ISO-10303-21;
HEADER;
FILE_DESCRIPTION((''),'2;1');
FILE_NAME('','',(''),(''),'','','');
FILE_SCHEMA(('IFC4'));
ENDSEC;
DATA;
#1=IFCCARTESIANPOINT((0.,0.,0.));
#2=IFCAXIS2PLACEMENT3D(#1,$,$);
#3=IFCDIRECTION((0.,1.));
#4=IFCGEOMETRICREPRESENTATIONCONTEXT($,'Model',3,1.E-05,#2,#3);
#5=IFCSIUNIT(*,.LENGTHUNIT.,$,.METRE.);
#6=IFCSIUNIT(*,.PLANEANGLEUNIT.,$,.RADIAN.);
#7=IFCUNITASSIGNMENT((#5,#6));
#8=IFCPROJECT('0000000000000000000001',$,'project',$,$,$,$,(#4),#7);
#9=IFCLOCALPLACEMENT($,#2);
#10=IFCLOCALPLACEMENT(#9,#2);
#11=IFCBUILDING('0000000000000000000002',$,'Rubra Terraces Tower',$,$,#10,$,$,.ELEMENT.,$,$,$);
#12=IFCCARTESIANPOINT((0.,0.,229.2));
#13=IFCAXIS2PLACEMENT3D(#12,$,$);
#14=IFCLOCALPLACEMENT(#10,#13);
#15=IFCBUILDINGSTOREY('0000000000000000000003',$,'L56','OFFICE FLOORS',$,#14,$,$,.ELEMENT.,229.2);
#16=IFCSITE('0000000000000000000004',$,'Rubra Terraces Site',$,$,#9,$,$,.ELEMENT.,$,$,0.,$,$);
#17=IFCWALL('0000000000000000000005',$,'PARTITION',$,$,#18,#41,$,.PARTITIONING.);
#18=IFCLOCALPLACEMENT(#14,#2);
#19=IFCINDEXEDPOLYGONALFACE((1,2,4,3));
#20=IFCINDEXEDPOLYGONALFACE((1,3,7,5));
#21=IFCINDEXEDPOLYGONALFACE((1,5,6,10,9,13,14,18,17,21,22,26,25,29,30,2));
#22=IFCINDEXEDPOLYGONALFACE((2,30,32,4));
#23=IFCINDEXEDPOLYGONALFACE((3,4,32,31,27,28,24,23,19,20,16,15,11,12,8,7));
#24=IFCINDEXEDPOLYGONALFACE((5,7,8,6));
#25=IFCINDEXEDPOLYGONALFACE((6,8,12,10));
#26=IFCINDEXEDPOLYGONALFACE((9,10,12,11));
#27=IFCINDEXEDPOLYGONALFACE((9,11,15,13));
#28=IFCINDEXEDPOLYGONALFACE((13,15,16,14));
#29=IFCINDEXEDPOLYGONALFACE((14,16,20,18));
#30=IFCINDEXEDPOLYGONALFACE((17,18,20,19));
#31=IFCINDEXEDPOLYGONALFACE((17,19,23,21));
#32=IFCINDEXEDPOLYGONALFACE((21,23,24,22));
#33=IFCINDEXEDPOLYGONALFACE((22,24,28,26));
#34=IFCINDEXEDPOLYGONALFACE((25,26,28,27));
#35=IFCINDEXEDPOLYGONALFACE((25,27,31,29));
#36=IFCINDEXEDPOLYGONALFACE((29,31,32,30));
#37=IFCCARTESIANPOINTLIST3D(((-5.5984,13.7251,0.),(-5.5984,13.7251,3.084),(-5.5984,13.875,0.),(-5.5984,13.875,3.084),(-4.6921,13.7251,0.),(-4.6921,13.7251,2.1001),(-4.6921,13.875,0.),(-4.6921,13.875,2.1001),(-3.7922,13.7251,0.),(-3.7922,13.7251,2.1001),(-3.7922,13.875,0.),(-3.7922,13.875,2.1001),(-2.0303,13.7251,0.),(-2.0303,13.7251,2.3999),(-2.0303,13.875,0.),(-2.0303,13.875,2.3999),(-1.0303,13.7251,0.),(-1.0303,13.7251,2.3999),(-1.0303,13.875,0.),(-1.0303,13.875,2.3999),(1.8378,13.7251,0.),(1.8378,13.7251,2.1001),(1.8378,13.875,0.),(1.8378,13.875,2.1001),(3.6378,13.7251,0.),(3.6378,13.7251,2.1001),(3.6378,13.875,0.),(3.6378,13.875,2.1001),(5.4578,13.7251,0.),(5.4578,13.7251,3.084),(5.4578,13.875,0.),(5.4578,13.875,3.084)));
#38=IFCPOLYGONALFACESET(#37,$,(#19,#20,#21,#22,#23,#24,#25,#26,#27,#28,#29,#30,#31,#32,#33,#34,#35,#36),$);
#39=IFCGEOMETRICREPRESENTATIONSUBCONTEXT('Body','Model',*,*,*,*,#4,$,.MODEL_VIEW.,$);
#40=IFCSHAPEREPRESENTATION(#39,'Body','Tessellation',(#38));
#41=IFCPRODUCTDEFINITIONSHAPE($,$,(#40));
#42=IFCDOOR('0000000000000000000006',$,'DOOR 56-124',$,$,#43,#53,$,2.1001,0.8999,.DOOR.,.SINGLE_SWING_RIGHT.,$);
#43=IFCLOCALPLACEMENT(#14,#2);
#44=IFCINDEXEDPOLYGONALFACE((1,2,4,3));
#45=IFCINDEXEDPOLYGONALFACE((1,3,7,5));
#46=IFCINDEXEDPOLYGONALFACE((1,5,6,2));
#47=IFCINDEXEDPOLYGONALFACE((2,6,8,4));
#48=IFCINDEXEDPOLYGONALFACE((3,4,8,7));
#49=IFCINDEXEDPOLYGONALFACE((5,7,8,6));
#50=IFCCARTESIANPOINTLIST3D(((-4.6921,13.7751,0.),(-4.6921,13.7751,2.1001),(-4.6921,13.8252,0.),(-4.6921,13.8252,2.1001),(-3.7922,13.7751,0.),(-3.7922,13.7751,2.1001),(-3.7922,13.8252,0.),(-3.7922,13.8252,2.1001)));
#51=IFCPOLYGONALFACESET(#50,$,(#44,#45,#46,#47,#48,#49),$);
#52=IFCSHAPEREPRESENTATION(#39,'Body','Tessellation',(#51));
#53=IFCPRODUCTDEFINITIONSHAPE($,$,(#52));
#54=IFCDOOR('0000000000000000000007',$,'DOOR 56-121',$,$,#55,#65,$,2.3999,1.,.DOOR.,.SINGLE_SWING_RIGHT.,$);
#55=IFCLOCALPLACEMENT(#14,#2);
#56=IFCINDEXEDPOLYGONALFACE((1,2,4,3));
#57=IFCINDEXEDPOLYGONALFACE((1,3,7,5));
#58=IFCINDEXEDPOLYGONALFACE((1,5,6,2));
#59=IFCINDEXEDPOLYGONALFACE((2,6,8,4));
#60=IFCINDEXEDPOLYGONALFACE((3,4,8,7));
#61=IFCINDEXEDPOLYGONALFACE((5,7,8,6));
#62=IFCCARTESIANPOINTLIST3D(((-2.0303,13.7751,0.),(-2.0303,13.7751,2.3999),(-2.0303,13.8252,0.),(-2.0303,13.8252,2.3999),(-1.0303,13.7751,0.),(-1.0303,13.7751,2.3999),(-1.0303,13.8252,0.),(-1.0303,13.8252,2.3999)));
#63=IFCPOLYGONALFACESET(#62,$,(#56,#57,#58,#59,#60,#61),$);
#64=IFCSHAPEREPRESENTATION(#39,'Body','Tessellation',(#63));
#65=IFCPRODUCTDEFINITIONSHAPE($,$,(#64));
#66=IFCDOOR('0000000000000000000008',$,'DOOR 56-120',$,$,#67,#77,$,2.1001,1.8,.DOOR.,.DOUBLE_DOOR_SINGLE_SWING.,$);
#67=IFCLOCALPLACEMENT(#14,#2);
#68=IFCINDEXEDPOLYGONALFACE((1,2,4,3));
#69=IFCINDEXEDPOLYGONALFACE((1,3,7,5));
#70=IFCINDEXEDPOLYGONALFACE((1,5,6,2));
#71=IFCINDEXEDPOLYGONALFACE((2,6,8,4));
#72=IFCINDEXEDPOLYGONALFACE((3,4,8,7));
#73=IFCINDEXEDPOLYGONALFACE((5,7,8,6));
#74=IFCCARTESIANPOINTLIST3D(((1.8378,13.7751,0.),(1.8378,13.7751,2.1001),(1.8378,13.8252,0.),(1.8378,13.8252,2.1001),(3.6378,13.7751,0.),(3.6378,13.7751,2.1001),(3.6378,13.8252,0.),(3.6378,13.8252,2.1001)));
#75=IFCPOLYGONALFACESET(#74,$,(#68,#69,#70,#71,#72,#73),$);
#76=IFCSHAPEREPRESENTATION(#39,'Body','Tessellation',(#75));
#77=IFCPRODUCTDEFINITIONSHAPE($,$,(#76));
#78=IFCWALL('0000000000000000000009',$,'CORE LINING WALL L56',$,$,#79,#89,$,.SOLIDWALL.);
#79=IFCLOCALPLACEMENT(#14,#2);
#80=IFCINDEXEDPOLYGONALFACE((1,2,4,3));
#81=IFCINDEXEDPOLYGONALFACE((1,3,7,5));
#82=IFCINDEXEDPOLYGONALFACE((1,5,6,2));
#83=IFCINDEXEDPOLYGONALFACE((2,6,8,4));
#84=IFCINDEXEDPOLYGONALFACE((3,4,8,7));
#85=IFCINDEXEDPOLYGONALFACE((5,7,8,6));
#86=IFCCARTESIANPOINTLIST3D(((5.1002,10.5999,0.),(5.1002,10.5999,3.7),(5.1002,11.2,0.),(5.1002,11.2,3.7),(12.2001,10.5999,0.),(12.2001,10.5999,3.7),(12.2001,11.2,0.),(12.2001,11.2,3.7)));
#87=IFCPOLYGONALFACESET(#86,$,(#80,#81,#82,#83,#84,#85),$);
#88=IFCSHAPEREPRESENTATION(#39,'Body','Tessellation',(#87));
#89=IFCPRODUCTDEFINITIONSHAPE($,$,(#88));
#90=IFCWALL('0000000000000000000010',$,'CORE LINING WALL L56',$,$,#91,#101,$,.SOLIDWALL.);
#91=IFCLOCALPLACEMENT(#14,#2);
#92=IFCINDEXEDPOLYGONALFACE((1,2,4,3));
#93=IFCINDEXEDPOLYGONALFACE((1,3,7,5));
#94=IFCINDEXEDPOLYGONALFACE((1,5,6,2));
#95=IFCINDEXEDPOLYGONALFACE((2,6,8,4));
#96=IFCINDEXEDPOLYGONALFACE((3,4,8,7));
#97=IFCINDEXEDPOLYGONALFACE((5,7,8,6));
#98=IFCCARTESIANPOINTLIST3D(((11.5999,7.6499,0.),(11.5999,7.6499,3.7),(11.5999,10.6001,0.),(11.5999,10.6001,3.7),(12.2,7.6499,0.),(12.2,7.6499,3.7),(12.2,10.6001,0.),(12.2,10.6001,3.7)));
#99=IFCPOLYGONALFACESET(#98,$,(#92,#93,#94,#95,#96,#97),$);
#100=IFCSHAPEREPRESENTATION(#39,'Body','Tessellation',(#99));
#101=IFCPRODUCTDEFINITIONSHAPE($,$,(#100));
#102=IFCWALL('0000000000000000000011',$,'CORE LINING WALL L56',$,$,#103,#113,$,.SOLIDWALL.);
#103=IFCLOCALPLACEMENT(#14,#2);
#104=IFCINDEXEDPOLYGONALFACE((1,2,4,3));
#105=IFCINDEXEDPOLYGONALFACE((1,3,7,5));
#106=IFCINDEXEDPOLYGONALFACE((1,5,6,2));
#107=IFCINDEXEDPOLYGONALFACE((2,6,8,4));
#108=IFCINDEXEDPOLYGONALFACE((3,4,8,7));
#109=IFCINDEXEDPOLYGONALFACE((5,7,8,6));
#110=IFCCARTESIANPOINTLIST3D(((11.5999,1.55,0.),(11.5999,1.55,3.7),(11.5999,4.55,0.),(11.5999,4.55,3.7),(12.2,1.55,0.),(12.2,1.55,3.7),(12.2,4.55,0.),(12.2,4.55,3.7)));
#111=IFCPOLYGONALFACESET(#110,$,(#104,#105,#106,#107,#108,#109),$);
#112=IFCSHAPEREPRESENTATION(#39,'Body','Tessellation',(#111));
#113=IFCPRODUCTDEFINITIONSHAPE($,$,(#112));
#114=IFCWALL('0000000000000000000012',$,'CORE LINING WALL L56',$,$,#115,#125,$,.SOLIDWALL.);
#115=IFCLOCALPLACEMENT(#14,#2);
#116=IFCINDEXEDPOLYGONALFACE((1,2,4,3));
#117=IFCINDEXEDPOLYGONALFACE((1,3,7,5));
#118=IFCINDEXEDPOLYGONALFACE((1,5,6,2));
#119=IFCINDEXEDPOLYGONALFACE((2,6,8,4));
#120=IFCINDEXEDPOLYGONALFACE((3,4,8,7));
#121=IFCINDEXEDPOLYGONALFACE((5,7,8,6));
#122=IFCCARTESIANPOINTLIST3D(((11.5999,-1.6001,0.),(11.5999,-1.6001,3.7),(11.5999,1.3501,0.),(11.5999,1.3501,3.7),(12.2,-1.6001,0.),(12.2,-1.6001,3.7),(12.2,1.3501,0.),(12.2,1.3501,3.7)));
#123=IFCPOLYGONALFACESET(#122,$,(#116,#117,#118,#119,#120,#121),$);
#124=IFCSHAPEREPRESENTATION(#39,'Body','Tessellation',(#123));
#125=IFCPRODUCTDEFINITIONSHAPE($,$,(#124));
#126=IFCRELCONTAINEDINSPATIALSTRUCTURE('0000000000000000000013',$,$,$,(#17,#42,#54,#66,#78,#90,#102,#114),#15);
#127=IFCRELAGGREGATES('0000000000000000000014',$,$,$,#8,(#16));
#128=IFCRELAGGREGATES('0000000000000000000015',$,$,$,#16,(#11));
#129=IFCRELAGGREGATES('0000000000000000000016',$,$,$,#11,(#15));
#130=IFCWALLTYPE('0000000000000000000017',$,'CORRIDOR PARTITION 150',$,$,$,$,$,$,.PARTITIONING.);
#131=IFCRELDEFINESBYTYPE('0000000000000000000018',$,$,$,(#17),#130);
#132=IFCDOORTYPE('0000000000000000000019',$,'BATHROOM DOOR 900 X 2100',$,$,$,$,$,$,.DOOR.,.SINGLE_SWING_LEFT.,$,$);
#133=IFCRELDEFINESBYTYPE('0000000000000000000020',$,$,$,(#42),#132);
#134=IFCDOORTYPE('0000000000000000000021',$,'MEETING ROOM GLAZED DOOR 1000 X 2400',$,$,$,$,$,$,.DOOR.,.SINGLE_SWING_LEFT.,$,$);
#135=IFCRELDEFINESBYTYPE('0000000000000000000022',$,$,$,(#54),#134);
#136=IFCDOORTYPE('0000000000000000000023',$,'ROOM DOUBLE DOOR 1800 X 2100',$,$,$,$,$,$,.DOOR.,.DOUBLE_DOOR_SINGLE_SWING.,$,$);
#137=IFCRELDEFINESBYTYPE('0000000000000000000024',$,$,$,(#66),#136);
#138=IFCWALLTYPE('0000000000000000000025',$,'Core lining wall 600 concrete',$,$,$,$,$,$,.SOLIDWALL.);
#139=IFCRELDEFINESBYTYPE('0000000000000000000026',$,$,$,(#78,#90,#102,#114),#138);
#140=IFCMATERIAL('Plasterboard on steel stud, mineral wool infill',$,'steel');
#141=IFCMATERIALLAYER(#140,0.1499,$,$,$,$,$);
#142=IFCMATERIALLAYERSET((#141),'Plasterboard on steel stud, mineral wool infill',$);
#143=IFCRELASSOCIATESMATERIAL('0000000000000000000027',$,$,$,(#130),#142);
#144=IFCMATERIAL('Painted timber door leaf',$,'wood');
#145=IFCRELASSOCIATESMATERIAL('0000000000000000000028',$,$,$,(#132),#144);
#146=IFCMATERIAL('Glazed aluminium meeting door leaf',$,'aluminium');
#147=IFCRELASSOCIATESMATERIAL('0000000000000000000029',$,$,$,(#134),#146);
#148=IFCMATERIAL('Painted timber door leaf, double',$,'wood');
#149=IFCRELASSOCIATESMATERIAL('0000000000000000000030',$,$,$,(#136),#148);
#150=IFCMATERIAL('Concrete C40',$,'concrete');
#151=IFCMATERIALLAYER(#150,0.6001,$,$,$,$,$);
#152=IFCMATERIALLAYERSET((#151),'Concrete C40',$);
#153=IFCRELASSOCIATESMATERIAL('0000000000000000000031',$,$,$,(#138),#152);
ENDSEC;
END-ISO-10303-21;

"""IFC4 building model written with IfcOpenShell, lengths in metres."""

from ifc_helpers import new_model, si_unit, direction, frame, frame_2d, origin, place, context, subcontext, project, spatial, rectangle, extrude, material, layer, layer_set, type_object, element, fill, save


model = new_model("IFC4")

# Units and contexts
model_context = context("Model", 3, precision=1e-05, world=origin(), true_north=direction((0.0, 1.0)))
body_context = subcontext(model_context, "Body", "Model", "MODEL_VIEW")
ifc_project = project(units=[si_unit("LENGTHUNIT", "METRE"), si_unit("PLANEANGLEUNIT", "RADIAN")], contexts=[model_context])

# Site, building, storey
site_placement = place(None, origin())
site = spatial("IfcSite", under=ifc_project, at=site_placement, Name="Rubra Terraces Site", CompositionType="ELEMENT", RefElevation=0.0)
building_placement = place(site_placement, origin())
building = spatial("IfcBuilding", under=site, at=building_placement, Name="Rubra Terraces Tower", CompositionType="ELEMENT")
storey_placement = place(building_placement, frame((0.0, 0.0, 229.2)))
storey = spatial("IfcBuildingStorey", under=building, at=storey_placement, Name="L56", Description="OFFICE FLOORS", CompositionType="ELEMENT", Elevation=229.2)

# Wall, openings, doors
ifc_material_1 = material(Name="Plasterboard on steel stud, mineral wool infill", Category="steel")
ifc_layer_1 = layer(ifc_material_1, 0.1499)
ifc_layer_set_1 = layer_set([ifc_layer_1], Name="Plasterboard on steel stud, mineral wool infill")
wall_type_1 = type_object("IfcWallType", Name="CORRIDOR PARTITION 150", PredefinedType="PARTITIONING", material=ifc_layer_set_1)
wall_1_placement = place(storey_placement, frame((5.4578, 13.8, 0.0), z_axis=(0.0, 0.0, 1.0), x_axis=(-1.0, 0.0, 0.0)))
wall_1 = element("IfcWall", 1, at=wall_1_placement, inside=storey, type_object=wall_type_1, Name="PARTITION", PredefinedType="PARTITIONING", context=body_context, shape_type="SweptSolid", body=[
    extrude(rectangle(XDim=11.0562, YDim=0.1499, at=frame_2d((5.5281, 0.0))), origin(), (0.0, 0.0, 1.0), 3.084),
])
opening_1_placement = place(wall_1_placement, frame((1.8201, 0.0, 0.0)))
opening_1 = element("IfcOpeningElement", 2, at=opening_1_placement, cuts=wall_1, PredefinedType="OPENING", context=body_context, shape_type="SweptSolid", body=[
    extrude(rectangle(XDim=1.8, YDim=2.1001, at=frame_2d((0.8999, 1.05))), frame((0.0, 0.085, 0.0), z_axis=(0.0, -1.0, 0.0), x_axis=(1.0, 0.0, 0.0)), (0.0, 0.0, 1.0), 0.1699),
])
opening_2_placement = place(wall_1_placement, frame((6.488, 0.0, 0.0)))
opening_2 = element("IfcOpeningElement", 3, at=opening_2_placement, cuts=wall_1, PredefinedType="OPENING", context=body_context, shape_type="SweptSolid", body=[
    extrude(rectangle(XDim=1.0, YDim=2.3999, at=frame_2d((0.5, 1.2))), frame((0.0, 0.085, 0.0), z_axis=(0.0, -1.0, 0.0), x_axis=(1.0, 0.0, 0.0)), (0.0, 0.0, 1.0), 0.1699),
])
opening_3_placement = place(wall_1_placement, frame((9.25, 0.0, 0.0)))
opening_3 = element("IfcOpeningElement", 4, at=opening_3_placement, cuts=wall_1, PredefinedType="OPENING", context=body_context, shape_type="SweptSolid", body=[
    extrude(rectangle(XDim=0.8999, YDim=2.1001, at=frame_2d((0.45, 1.05))), frame((0.0, 0.085, 0.0), z_axis=(0.0, -1.0, 0.0), x_axis=(1.0, 0.0, 0.0)), (0.0, 0.0, 1.0), 0.1699),
])
ifc_material_2 = material(Name="Painted timber door leaf", Category="wood")
door_type_1 = type_object("IfcDoorType", Name="BATHROOM DOOR 900 X 2100", OperationType="SINGLE_SWING_LEFT", PredefinedType="DOOR", material=ifc_material_2)
door_1_placement = place(opening_3_placement, origin())
door_1 = element("IfcDoor", 5, at=door_1_placement, inside=storey, type_object=door_type_1, Name="DOOR 56-124", OperationType="SINGLE_SWING_RIGHT", OverallHeight=2.1001, OverallWidth=0.8999, PredefinedType="DOOR", context=body_context, shape_type="SweptSolid", body=[
    extrude(rectangle(XDim=0.8999, YDim=2.1001, at=frame_2d((0.45, 1.05))), frame((0.0, 0.0249, 0.0), z_axis=(0.0, -1.0, 0.0), x_axis=(1.0, 0.0, 0.0)), (0.0, 0.0, 1.0), 0.05),
])
fill(opening_3, door_1)
ifc_material_3 = material(Name="Glazed aluminium meeting door leaf", Category="aluminium")
door_type_2 = type_object("IfcDoorType", Name="MEETING ROOM GLAZED DOOR 1000 X 2400", OperationType="SINGLE_SWING_LEFT", PredefinedType="DOOR", material=ifc_material_3)
door_2_placement = place(opening_2_placement, origin())
door_2 = element("IfcDoor", 6, at=door_2_placement, inside=storey, type_object=door_type_2, Name="DOOR 56-121", OperationType="SINGLE_SWING_RIGHT", OverallHeight=2.3999, OverallWidth=1.0, PredefinedType="DOOR", context=body_context, shape_type="SweptSolid", body=[
    extrude(rectangle(XDim=1.0, YDim=2.3999, at=frame_2d((0.5, 1.2))), frame((0.0, 0.0249, 0.0), z_axis=(0.0, -1.0, 0.0), x_axis=(1.0, 0.0, 0.0)), (0.0, 0.0, 1.0), 0.05),
])
fill(opening_2, door_2)
ifc_material_4 = material(Name="Painted timber door leaf, double", Category="wood")
door_type_3 = type_object("IfcDoorType", Name="ROOM DOUBLE DOOR 1800 X 2100", OperationType="DOUBLE_DOOR_SINGLE_SWING", PredefinedType="DOOR", material=ifc_material_4)
door_3_placement = place(opening_1_placement, origin())
door_3 = element("IfcDoor", 7, at=door_3_placement, inside=storey, type_object=door_type_3, Name="DOOR 56-120", OperationType="DOUBLE_DOOR_SINGLE_SWING", OverallHeight=2.1001, OverallWidth=1.8, PredefinedType="DOOR", context=body_context, shape_type="SweptSolid", body=[
    extrude(rectangle(XDim=1.8, YDim=2.1001, at=frame_2d((0.8999, 1.05))), frame((0.0, 0.0249, 0.0), z_axis=(0.0, -1.0, 0.0), x_axis=(1.0, 0.0, 0.0)), (0.0, 0.0, 1.0), 0.05),
])
fill(opening_1, door_3)

# Walls
ifc_material_5 = material(Name="Concrete C40", Category="concrete")
ifc_layer_2 = layer(ifc_material_5, 0.6001)
ifc_layer_set_2 = layer_set([ifc_layer_2], Name="Concrete C40")
wall_type_2 = type_object("IfcWallType", Name="Core lining wall 600 concrete", PredefinedType="SOLIDWALL", material=ifc_layer_set_2)
wall_2_placement = place(storey_placement, frame((12.2, 10.8999, 0.0), z_axis=(0.0, 0.0, 1.0), x_axis=(-1.0, 0.0, 0.0)))
element("IfcWall", 8, at=wall_2_placement, inside=storey, type_object=wall_type_2, Name="CORE LINING WALL L56", PredefinedType="SOLIDWALL", context=body_context, shape_type="SweptSolid", body=[
    extrude(rectangle(XDim=7.0999, YDim=0.6001, at=frame_2d((3.5498, 0.0))), origin(), (0.0, 0.0, 1.0), 3.7),
])
wall_3_placement = place(storey_placement, frame((11.8999, 10.6001, 0.0), z_axis=(0.0, 0.0, 1.0), x_axis=(0.0, -1.0, 0.0)))
element("IfcWall", 9, at=wall_3_placement, inside=storey, type_object=wall_type_2, Name="CORE LINING WALL L56", PredefinedType="SOLIDWALL", context=body_context, shape_type="SweptSolid", body=[
    extrude(rectangle(XDim=2.9502, YDim=0.6001, at=frame_2d((1.4751, 0.0))), origin(), (0.0, 0.0, 1.0), 3.7),
])
wall_4_placement = place(storey_placement, frame((11.8999, 4.55, 0.0), z_axis=(0.0, 0.0, 1.0), x_axis=(0.0, -1.0, 0.0)))
element("IfcWall", 10, at=wall_4_placement, inside=storey, type_object=wall_type_2, Name="CORE LINING WALL L56", PredefinedType="SOLIDWALL", context=body_context, shape_type="SweptSolid", body=[
    extrude(rectangle(XDim=3.0, YDim=0.6001, at=frame_2d((1.5, 0.0))), origin(), (0.0, 0.0, 1.0), 3.7),
])
wall_5_placement = place(storey_placement, frame((11.8999, 1.3501, 0.0), z_axis=(0.0, 0.0, 1.0), x_axis=(0.0, -1.0, 0.0)))
element("IfcWall", 11, at=wall_5_placement, inside=storey, type_object=wall_type_2, Name="CORE LINING WALL L56", PredefinedType="SOLIDWALL", context=body_context, shape_type="SweptSolid", body=[
    extrude(rectangle(XDim=2.9502, YDim=0.6001, at=frame_2d((1.4751, 0.0))), origin(), (0.0, 0.0, 1.0), 3.7),
])

save(model, "model.ifc")
